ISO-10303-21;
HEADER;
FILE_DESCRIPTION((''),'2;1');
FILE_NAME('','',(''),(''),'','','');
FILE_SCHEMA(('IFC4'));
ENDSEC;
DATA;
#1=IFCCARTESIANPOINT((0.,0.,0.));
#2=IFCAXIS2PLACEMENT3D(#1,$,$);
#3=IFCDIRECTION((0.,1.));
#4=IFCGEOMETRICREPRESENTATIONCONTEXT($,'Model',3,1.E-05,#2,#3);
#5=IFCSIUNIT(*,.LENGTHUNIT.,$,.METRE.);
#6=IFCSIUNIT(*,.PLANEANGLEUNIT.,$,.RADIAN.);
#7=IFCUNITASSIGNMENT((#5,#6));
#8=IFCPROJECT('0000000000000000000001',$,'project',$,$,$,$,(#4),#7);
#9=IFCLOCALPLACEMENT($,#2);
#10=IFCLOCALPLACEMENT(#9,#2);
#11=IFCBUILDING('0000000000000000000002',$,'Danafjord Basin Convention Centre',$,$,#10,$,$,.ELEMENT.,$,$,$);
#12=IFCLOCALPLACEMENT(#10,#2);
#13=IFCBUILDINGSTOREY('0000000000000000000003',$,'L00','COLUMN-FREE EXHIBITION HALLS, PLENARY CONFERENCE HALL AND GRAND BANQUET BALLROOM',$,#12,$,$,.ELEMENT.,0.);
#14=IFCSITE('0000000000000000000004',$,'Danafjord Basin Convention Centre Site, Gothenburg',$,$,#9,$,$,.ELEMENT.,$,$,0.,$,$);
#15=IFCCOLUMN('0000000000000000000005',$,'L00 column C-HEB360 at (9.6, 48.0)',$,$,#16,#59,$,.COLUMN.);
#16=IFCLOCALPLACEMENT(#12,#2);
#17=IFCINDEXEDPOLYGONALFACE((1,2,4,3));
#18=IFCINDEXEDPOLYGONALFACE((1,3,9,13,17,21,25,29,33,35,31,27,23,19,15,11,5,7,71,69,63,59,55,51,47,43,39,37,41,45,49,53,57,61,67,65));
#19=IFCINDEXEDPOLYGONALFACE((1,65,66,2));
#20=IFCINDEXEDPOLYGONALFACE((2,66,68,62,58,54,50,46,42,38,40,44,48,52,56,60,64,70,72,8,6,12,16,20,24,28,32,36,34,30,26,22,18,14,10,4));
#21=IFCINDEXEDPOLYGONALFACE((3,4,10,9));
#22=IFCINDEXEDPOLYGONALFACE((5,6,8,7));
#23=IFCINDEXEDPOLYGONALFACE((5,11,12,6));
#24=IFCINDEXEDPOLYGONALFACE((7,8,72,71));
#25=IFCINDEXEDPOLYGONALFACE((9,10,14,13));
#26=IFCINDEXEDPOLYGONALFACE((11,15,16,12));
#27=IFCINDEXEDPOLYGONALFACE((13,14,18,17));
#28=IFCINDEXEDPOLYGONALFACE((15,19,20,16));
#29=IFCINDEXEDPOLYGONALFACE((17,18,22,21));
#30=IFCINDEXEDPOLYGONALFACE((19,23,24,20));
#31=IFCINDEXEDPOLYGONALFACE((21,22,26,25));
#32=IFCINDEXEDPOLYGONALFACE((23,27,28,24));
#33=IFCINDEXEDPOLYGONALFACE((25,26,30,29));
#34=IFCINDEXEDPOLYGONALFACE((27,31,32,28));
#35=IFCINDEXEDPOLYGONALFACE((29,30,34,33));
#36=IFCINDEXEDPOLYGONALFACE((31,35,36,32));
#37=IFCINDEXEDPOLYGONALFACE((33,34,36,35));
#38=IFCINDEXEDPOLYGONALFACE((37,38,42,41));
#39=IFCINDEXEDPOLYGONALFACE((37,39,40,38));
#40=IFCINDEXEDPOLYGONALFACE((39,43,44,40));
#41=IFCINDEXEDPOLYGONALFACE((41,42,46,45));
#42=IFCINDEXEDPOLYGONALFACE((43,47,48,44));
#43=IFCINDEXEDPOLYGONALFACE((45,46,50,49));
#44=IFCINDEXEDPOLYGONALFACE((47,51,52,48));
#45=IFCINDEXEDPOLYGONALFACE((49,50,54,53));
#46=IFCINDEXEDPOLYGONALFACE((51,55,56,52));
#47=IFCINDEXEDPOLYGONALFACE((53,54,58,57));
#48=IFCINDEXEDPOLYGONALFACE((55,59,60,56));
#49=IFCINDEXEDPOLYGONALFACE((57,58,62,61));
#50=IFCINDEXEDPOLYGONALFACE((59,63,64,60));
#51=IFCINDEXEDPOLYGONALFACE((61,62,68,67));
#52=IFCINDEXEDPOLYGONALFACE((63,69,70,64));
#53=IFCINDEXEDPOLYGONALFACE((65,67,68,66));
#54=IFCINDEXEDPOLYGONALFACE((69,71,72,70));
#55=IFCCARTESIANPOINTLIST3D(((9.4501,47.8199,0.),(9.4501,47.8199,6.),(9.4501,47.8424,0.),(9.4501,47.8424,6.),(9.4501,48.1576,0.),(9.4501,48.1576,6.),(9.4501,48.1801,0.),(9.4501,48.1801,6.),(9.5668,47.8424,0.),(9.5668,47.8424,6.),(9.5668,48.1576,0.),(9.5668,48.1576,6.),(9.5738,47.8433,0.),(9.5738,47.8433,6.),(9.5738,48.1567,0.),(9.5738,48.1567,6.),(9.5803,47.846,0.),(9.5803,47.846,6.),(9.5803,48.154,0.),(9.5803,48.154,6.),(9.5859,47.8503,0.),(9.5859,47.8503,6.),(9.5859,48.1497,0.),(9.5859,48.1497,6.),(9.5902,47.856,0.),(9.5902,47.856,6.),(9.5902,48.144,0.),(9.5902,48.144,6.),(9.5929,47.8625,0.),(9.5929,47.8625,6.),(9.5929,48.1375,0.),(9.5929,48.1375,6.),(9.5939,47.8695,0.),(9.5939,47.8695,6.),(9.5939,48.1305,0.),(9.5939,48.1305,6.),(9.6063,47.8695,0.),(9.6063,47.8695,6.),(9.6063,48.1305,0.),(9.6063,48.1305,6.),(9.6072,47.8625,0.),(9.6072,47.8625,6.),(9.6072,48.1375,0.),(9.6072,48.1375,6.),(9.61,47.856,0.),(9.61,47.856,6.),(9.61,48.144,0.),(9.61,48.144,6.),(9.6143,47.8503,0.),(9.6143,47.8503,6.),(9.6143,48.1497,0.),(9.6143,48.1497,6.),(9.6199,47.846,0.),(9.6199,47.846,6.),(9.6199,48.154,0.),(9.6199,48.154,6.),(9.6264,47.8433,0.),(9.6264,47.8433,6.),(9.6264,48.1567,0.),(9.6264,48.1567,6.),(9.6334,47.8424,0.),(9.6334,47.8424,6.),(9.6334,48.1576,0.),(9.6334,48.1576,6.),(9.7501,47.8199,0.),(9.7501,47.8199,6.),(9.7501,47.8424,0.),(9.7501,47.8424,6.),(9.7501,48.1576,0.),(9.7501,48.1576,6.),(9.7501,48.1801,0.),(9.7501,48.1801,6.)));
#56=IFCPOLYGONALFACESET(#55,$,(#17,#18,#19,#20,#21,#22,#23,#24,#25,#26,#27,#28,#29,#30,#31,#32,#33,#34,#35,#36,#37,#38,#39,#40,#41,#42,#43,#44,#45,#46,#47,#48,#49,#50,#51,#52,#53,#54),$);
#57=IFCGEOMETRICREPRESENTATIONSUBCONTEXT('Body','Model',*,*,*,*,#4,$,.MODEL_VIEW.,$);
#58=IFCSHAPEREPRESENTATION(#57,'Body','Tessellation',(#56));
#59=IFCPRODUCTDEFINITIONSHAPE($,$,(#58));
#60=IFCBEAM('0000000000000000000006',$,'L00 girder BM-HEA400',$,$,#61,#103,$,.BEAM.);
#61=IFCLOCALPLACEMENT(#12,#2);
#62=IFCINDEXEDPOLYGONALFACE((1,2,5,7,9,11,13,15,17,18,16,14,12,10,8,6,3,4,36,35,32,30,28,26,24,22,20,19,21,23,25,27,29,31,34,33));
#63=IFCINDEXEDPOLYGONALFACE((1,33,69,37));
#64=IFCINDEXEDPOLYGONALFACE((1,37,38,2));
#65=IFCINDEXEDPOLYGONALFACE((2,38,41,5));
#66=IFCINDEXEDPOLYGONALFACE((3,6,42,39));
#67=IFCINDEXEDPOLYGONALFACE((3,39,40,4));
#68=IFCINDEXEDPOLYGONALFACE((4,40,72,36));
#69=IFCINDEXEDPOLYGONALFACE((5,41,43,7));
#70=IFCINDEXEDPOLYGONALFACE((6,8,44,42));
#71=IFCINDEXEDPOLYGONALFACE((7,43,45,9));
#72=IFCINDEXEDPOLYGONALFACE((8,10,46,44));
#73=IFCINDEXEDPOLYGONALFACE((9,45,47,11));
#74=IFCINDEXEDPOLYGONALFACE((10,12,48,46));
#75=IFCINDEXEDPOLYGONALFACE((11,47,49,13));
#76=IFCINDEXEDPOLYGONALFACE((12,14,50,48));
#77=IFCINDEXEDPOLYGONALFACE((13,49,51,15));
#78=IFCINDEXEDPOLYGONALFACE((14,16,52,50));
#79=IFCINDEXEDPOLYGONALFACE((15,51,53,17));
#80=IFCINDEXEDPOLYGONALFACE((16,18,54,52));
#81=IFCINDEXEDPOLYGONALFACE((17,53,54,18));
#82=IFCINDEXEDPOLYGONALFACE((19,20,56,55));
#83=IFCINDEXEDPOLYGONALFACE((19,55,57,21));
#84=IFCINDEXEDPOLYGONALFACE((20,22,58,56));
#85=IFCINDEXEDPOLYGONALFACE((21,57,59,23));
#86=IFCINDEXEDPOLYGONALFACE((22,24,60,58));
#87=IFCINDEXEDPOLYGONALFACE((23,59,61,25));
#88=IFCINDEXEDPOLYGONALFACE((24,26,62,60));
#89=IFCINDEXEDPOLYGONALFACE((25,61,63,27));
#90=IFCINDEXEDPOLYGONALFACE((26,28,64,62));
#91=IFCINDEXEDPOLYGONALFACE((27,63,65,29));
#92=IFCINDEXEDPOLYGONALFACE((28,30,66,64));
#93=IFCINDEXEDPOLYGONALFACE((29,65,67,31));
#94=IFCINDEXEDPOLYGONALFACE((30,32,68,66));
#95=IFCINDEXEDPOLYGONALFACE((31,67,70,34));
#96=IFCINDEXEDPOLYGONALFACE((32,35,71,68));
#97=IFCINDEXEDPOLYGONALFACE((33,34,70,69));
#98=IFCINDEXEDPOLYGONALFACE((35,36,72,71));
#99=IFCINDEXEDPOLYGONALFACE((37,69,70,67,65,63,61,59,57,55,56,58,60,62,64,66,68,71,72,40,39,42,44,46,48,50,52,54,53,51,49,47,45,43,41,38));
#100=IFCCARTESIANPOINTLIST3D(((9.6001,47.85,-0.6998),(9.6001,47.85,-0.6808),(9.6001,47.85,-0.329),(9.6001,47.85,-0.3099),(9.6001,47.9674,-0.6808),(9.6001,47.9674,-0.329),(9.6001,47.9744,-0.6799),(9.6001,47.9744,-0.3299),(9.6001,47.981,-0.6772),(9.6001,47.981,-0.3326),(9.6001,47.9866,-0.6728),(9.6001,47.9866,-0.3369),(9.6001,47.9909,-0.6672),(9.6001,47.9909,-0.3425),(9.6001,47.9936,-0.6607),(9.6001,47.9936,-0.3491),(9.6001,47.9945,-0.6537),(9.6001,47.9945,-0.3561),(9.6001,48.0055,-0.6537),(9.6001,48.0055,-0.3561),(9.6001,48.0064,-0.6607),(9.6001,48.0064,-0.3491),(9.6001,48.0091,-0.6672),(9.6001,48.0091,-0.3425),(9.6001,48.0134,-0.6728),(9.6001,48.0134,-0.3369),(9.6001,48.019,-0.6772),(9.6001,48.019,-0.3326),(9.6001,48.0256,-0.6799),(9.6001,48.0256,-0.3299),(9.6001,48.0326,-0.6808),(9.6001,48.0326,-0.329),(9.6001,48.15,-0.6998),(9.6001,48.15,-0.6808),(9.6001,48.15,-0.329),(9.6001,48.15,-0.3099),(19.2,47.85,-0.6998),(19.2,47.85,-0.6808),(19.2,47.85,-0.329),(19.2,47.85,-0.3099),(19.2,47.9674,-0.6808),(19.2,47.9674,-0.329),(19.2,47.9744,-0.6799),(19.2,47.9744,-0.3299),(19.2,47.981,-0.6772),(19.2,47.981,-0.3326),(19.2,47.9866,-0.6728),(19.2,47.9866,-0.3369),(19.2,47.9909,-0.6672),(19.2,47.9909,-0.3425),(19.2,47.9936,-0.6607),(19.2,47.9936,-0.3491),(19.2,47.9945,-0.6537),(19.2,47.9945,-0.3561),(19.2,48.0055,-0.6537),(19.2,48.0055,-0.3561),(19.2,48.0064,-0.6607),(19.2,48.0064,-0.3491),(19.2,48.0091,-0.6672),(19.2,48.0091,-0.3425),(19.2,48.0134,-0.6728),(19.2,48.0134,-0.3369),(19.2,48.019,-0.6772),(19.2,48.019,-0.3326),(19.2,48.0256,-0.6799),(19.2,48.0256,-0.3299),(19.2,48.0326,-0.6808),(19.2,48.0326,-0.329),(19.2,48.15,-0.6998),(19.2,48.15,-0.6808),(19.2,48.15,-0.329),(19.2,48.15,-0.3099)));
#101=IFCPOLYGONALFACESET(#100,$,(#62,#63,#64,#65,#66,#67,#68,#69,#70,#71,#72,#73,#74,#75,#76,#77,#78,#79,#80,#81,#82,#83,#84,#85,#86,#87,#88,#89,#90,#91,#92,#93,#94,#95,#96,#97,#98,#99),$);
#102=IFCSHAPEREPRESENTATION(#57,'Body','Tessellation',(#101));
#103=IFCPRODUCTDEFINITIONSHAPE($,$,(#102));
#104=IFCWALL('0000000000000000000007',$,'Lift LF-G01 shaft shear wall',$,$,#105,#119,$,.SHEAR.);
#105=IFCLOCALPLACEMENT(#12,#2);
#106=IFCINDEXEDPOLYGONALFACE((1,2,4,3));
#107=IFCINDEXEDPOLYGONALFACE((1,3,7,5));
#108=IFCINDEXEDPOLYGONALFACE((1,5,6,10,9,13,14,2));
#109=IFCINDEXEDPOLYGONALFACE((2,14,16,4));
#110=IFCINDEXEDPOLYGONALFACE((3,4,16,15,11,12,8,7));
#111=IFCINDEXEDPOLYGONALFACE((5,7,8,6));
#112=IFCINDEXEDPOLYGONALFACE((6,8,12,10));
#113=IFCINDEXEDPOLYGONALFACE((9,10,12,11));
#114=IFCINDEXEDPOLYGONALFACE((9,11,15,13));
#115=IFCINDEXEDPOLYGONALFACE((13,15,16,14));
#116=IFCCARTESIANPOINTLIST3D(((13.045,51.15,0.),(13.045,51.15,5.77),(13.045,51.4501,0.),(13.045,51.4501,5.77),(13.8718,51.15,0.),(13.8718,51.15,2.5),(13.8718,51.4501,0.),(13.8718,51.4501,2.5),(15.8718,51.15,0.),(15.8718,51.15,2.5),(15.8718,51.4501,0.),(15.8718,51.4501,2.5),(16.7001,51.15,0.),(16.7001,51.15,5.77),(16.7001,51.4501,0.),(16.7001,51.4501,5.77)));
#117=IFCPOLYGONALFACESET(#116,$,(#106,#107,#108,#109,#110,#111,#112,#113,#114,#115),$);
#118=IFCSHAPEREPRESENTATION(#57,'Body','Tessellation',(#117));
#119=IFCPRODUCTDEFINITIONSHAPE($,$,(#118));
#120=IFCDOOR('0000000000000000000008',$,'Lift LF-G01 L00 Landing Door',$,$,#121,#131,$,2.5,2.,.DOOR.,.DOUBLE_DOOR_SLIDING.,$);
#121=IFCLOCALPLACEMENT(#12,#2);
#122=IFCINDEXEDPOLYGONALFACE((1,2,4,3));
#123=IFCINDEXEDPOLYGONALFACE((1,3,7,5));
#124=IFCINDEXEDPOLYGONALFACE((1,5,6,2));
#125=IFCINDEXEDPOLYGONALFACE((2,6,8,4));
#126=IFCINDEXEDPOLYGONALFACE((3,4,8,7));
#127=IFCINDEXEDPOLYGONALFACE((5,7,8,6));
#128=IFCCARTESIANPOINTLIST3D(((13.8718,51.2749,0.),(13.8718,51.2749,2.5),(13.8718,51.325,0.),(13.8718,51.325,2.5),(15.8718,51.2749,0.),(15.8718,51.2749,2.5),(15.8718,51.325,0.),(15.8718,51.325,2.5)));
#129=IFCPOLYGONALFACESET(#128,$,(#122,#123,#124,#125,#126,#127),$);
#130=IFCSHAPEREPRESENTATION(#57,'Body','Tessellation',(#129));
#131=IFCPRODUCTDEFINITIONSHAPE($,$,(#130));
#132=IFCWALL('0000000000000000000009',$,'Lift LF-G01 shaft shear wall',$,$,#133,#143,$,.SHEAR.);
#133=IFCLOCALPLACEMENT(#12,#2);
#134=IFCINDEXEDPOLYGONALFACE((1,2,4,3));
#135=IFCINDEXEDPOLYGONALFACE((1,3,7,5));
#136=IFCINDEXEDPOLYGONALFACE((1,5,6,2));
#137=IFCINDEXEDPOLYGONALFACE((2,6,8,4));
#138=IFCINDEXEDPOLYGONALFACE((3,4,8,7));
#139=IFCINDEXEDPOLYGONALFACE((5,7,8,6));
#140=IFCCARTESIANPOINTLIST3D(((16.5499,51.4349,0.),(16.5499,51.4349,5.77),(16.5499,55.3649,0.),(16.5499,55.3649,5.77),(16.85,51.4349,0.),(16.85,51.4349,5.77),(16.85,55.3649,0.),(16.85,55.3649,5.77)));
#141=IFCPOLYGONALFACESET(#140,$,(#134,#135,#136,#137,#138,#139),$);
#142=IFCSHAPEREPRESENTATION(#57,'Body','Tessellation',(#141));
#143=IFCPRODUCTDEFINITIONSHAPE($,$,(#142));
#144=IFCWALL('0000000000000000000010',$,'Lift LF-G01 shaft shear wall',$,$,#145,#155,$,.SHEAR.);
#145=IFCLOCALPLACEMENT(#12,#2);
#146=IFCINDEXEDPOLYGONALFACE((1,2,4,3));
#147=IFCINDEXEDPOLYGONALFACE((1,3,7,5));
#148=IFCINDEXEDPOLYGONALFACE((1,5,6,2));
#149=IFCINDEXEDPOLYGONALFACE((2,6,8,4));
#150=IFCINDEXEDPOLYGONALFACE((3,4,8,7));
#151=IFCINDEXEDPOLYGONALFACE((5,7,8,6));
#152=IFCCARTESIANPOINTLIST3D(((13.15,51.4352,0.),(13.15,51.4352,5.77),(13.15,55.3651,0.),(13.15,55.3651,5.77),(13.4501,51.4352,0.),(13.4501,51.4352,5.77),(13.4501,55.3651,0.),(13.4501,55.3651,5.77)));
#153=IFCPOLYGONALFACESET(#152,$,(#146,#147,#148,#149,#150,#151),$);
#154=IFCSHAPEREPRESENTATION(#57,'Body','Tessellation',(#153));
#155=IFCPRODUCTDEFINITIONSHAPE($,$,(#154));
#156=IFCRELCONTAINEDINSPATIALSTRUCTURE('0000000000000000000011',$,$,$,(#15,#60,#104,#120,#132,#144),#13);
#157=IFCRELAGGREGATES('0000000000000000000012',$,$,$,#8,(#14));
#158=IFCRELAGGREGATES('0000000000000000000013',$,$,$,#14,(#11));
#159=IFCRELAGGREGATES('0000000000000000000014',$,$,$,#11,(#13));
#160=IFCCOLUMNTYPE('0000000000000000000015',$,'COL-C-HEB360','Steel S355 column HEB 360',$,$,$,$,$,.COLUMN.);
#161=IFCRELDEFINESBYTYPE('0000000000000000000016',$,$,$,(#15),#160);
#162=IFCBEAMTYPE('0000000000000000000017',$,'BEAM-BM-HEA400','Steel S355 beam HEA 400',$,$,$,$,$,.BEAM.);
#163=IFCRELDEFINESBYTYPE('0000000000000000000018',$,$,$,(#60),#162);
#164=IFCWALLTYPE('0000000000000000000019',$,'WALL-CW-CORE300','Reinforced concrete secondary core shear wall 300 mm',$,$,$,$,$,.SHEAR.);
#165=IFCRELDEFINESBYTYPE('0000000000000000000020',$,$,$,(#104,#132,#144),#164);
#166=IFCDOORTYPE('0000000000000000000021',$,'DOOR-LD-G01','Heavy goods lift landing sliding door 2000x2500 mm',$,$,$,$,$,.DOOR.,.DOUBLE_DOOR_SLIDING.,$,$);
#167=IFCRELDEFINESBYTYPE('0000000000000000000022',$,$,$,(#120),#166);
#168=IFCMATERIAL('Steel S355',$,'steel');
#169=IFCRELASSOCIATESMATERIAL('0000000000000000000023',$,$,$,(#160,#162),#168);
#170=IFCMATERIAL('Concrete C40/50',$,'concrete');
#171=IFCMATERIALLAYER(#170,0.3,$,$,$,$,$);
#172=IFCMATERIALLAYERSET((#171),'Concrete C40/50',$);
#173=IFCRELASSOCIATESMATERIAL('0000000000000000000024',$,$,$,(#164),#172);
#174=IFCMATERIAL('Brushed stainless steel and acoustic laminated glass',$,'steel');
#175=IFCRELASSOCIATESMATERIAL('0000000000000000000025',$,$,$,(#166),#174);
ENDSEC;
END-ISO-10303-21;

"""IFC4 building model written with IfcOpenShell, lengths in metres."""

from ifc_helpers import new_model, si_unit, direction, frame, frame_2d, origin, origin_2d, place, context, subcontext, project, spatial, rectangle, i_section, extrude, material, layer, layer_set, material_profile, profile_set, type_object, element, fill, save


model = new_model("IFC4")

# Units and contexts
model_context = context("Model", 3, precision=1e-05, world=origin(), true_north=direction((0.0, 1.0)))
body_context = subcontext(model_context, "Body", "Model", "MODEL_VIEW")
ifc_project = project(units=[si_unit("LENGTHUNIT", "METRE"), si_unit("PLANEANGLEUNIT", "RADIAN")], contexts=[model_context])

# Site, building, storey
site_placement = place(None, origin())
site = spatial("IfcSite", under=ifc_project, at=site_placement, Name="Danafjord Basin Convention Centre Site, Gothenburg", CompositionType="ELEMENT", RefElevation=0.0)
building_placement = place(site_placement, origin())
building = spatial("IfcBuilding", under=site, at=building_placement, Name="Danafjord Basin Convention Centre", CompositionType="ELEMENT")
storey_placement = place(building_placement, origin())
storey = spatial("IfcBuildingStorey", under=building, at=storey_placement, Name="L00", Description="COLUMN-FREE EXHIBITION HALLS, PLENARY CONFERENCE HALL AND GRAND BANQUET BALLROOM", CompositionType="ELEMENT", Elevation=0.0)

# Column
ifc_material_1 = material(Name="Steel S355", Category="steel")
ifc_material_profile_1 = material_profile(ifc_material_1, i_section(OverallWidth=0.3, OverallDepth=0.3601, WebThickness=0.0125, FlangeThickness=0.0225, FilletRadius=0.0271, at=origin_2d()), Name="HEB 360")
ifc_profile_set_1 = profile_set([ifc_material_profile_1], Name="Steel S355")
column_type = type_object("IfcColumnType", Name="COL-C-HEB360", Description="Steel S355 column HEB 360", PredefinedType="COLUMN", material=ifc_profile_set_1)
column_placement = place(storey_placement, frame((9.6001, 48.0, 0.0), z_axis=(0.0, 0.0, 1.0), x_axis=(1.0, 0.0, 0.0)))
element("IfcColumn", 1, at=column_placement, inside=storey, type_object=column_type, Name="L00 column C-HEB360 at (9.6, 48.0)", PredefinedType="COLUMN", context=body_context, shape_type="SweptSolid", body=[
    extrude(i_section(OverallWidth=0.3, OverallDepth=0.3601, WebThickness=0.0125, FlangeThickness=0.0225, FilletRadius=0.0271, at=origin_2d()), origin(), (0.0, 0.0, 1.0), 6.0),
])

# Beam
ifc_material_profile_2 = material_profile(ifc_material_1, i_section(OverallWidth=0.3, OverallDepth=0.3899, WebThickness=0.011, FlangeThickness=0.019, FilletRadius=0.0271, at=origin_2d()), Name="HEA 400")
ifc_profile_set_2 = profile_set([ifc_material_profile_2], Name="Steel S355")
beam_type = type_object("IfcBeamType", Name="BEAM-BM-HEA400", Description="Steel S355 beam HEA 400", PredefinedType="BEAM", material=ifc_profile_set_2)
beam_placement = place(storey_placement, frame((9.6001, 48.0, -0.5049), z_axis=(1.0, 0.0, 0.0), x_axis=(0.0, 1.0, 0.0)))
element("IfcBeam", 2, at=beam_placement, inside=storey, type_object=beam_type, Name="L00 girder BM-HEA400", PredefinedType="BEAM", context=body_context, shape_type="SweptSolid", body=[
    extrude(i_section(OverallWidth=0.3, OverallDepth=0.3899, WebThickness=0.011, FlangeThickness=0.019, FilletRadius=0.0271, at=origin_2d()), origin(), (0.0, 0.0, 1.0), 9.5999),
])

# Wall, opening, door
ifc_material_2 = material(Name="Concrete C40/50", Category="concrete")
ifc_layer_1 = layer(ifc_material_2, 0.3)
ifc_layer_set_1 = layer_set([ifc_layer_1], Name="Concrete C40/50")
wall_type_1 = type_object("IfcWallType", Name="WALL-CW-CORE300", Description="Reinforced concrete secondary core shear wall 300 mm", PredefinedType="SHEAR", material=ifc_layer_set_1)
wall_1_placement = place(storey_placement, frame((13.0449, 51.3, 0.0), z_axis=(0.0, 0.0, 1.0), x_axis=(1.0, 0.0, 0.0)))
wall_1 = element("IfcWall", 3, at=wall_1_placement, inside=storey, type_object=wall_type_1, Name="Lift LF-G01 shaft shear wall", PredefinedType="SHEAR", context=body_context, shape_type="SweptSolid", body=[
    extrude(rectangle(XDim=3.655, YDim=0.3, at=frame_2d((1.8276, 0.0))), origin(), (0.0, 0.0, 1.0), 5.77),
])
opening_1_placement = place(wall_1_placement, frame((0.8269, 0.0, 0.0)))
opening_1 = element("IfcOpeningElement", 4, at=opening_1_placement, cuts=wall_1, PredefinedType="OPENING", context=body_context, shape_type="SweptSolid", body=[
    extrude(rectangle(XDim=2.0, YDim=2.5, at=frame_2d((1.0, 1.25))), frame((0.0, 0.1599, 0.0), z_axis=(0.0, -1.0, 0.0), x_axis=(1.0, 0.0, 0.0)), (0.0, 0.0, 1.0), 0.3201),
])
ifc_material_3 = material(Name="Brushed stainless steel and acoustic laminated glass", Category="steel")
door_type_1 = type_object("IfcDoorType", Name="DOOR-LD-G01", Description="Heavy goods lift landing sliding door 2000x2500 mm", OperationType="DOUBLE_DOOR_SLIDING", PredefinedType="DOOR", material=ifc_material_3)
door_1_placement = place(opening_1_placement, origin())
door_1 = element("IfcDoor", 5, at=door_1_placement, inside=storey, type_object=door_type_1, Name="Lift LF-G01 L00 Landing Door", OperationType="DOUBLE_DOOR_SLIDING", OverallHeight=2.5, OverallWidth=2.0, PredefinedType="DOOR", context=body_context, shape_type="SweptSolid", body=[
    extrude(rectangle(XDim=2.0, YDim=2.5, at=frame_2d((1.0, 1.25))), frame((0.0, 0.0249, 0.0), z_axis=(0.0, -1.0, 0.0), x_axis=(1.0, 0.0, 0.0)), (0.0, 0.0, 1.0), 0.05),
])
fill(opening_1, door_1)

# Walls
for number, where, z_axis, x_axis, name in (
    (6, (16.7, 51.4351, 0.0), (0.0, 0.0, 1.0), (0.0, 1.0, 0.0), "Lift LF-G01 shaft shear wall"),
    (7, (13.3, 55.365, 0.0), (0.0, 0.0, 1.0), (0.0, -1.0, 0.0), "Lift LF-G01 shaft shear wall"),
):
    element("IfcWall", number, at=place(storey_placement, frame(where, z_axis=z_axis, x_axis=x_axis)), inside=storey, type_object=wall_type_1, Name=name, PredefinedType="SHEAR", context=body_context, shape_type="SweptSolid", body=[
        extrude(rectangle(XDim=3.9299, YDim=0.3, at=frame_2d((1.9648, 0.0))), origin(), (0.0, 0.0, 1.0), 5.77),
    ])

save(model, "model.ifc")
